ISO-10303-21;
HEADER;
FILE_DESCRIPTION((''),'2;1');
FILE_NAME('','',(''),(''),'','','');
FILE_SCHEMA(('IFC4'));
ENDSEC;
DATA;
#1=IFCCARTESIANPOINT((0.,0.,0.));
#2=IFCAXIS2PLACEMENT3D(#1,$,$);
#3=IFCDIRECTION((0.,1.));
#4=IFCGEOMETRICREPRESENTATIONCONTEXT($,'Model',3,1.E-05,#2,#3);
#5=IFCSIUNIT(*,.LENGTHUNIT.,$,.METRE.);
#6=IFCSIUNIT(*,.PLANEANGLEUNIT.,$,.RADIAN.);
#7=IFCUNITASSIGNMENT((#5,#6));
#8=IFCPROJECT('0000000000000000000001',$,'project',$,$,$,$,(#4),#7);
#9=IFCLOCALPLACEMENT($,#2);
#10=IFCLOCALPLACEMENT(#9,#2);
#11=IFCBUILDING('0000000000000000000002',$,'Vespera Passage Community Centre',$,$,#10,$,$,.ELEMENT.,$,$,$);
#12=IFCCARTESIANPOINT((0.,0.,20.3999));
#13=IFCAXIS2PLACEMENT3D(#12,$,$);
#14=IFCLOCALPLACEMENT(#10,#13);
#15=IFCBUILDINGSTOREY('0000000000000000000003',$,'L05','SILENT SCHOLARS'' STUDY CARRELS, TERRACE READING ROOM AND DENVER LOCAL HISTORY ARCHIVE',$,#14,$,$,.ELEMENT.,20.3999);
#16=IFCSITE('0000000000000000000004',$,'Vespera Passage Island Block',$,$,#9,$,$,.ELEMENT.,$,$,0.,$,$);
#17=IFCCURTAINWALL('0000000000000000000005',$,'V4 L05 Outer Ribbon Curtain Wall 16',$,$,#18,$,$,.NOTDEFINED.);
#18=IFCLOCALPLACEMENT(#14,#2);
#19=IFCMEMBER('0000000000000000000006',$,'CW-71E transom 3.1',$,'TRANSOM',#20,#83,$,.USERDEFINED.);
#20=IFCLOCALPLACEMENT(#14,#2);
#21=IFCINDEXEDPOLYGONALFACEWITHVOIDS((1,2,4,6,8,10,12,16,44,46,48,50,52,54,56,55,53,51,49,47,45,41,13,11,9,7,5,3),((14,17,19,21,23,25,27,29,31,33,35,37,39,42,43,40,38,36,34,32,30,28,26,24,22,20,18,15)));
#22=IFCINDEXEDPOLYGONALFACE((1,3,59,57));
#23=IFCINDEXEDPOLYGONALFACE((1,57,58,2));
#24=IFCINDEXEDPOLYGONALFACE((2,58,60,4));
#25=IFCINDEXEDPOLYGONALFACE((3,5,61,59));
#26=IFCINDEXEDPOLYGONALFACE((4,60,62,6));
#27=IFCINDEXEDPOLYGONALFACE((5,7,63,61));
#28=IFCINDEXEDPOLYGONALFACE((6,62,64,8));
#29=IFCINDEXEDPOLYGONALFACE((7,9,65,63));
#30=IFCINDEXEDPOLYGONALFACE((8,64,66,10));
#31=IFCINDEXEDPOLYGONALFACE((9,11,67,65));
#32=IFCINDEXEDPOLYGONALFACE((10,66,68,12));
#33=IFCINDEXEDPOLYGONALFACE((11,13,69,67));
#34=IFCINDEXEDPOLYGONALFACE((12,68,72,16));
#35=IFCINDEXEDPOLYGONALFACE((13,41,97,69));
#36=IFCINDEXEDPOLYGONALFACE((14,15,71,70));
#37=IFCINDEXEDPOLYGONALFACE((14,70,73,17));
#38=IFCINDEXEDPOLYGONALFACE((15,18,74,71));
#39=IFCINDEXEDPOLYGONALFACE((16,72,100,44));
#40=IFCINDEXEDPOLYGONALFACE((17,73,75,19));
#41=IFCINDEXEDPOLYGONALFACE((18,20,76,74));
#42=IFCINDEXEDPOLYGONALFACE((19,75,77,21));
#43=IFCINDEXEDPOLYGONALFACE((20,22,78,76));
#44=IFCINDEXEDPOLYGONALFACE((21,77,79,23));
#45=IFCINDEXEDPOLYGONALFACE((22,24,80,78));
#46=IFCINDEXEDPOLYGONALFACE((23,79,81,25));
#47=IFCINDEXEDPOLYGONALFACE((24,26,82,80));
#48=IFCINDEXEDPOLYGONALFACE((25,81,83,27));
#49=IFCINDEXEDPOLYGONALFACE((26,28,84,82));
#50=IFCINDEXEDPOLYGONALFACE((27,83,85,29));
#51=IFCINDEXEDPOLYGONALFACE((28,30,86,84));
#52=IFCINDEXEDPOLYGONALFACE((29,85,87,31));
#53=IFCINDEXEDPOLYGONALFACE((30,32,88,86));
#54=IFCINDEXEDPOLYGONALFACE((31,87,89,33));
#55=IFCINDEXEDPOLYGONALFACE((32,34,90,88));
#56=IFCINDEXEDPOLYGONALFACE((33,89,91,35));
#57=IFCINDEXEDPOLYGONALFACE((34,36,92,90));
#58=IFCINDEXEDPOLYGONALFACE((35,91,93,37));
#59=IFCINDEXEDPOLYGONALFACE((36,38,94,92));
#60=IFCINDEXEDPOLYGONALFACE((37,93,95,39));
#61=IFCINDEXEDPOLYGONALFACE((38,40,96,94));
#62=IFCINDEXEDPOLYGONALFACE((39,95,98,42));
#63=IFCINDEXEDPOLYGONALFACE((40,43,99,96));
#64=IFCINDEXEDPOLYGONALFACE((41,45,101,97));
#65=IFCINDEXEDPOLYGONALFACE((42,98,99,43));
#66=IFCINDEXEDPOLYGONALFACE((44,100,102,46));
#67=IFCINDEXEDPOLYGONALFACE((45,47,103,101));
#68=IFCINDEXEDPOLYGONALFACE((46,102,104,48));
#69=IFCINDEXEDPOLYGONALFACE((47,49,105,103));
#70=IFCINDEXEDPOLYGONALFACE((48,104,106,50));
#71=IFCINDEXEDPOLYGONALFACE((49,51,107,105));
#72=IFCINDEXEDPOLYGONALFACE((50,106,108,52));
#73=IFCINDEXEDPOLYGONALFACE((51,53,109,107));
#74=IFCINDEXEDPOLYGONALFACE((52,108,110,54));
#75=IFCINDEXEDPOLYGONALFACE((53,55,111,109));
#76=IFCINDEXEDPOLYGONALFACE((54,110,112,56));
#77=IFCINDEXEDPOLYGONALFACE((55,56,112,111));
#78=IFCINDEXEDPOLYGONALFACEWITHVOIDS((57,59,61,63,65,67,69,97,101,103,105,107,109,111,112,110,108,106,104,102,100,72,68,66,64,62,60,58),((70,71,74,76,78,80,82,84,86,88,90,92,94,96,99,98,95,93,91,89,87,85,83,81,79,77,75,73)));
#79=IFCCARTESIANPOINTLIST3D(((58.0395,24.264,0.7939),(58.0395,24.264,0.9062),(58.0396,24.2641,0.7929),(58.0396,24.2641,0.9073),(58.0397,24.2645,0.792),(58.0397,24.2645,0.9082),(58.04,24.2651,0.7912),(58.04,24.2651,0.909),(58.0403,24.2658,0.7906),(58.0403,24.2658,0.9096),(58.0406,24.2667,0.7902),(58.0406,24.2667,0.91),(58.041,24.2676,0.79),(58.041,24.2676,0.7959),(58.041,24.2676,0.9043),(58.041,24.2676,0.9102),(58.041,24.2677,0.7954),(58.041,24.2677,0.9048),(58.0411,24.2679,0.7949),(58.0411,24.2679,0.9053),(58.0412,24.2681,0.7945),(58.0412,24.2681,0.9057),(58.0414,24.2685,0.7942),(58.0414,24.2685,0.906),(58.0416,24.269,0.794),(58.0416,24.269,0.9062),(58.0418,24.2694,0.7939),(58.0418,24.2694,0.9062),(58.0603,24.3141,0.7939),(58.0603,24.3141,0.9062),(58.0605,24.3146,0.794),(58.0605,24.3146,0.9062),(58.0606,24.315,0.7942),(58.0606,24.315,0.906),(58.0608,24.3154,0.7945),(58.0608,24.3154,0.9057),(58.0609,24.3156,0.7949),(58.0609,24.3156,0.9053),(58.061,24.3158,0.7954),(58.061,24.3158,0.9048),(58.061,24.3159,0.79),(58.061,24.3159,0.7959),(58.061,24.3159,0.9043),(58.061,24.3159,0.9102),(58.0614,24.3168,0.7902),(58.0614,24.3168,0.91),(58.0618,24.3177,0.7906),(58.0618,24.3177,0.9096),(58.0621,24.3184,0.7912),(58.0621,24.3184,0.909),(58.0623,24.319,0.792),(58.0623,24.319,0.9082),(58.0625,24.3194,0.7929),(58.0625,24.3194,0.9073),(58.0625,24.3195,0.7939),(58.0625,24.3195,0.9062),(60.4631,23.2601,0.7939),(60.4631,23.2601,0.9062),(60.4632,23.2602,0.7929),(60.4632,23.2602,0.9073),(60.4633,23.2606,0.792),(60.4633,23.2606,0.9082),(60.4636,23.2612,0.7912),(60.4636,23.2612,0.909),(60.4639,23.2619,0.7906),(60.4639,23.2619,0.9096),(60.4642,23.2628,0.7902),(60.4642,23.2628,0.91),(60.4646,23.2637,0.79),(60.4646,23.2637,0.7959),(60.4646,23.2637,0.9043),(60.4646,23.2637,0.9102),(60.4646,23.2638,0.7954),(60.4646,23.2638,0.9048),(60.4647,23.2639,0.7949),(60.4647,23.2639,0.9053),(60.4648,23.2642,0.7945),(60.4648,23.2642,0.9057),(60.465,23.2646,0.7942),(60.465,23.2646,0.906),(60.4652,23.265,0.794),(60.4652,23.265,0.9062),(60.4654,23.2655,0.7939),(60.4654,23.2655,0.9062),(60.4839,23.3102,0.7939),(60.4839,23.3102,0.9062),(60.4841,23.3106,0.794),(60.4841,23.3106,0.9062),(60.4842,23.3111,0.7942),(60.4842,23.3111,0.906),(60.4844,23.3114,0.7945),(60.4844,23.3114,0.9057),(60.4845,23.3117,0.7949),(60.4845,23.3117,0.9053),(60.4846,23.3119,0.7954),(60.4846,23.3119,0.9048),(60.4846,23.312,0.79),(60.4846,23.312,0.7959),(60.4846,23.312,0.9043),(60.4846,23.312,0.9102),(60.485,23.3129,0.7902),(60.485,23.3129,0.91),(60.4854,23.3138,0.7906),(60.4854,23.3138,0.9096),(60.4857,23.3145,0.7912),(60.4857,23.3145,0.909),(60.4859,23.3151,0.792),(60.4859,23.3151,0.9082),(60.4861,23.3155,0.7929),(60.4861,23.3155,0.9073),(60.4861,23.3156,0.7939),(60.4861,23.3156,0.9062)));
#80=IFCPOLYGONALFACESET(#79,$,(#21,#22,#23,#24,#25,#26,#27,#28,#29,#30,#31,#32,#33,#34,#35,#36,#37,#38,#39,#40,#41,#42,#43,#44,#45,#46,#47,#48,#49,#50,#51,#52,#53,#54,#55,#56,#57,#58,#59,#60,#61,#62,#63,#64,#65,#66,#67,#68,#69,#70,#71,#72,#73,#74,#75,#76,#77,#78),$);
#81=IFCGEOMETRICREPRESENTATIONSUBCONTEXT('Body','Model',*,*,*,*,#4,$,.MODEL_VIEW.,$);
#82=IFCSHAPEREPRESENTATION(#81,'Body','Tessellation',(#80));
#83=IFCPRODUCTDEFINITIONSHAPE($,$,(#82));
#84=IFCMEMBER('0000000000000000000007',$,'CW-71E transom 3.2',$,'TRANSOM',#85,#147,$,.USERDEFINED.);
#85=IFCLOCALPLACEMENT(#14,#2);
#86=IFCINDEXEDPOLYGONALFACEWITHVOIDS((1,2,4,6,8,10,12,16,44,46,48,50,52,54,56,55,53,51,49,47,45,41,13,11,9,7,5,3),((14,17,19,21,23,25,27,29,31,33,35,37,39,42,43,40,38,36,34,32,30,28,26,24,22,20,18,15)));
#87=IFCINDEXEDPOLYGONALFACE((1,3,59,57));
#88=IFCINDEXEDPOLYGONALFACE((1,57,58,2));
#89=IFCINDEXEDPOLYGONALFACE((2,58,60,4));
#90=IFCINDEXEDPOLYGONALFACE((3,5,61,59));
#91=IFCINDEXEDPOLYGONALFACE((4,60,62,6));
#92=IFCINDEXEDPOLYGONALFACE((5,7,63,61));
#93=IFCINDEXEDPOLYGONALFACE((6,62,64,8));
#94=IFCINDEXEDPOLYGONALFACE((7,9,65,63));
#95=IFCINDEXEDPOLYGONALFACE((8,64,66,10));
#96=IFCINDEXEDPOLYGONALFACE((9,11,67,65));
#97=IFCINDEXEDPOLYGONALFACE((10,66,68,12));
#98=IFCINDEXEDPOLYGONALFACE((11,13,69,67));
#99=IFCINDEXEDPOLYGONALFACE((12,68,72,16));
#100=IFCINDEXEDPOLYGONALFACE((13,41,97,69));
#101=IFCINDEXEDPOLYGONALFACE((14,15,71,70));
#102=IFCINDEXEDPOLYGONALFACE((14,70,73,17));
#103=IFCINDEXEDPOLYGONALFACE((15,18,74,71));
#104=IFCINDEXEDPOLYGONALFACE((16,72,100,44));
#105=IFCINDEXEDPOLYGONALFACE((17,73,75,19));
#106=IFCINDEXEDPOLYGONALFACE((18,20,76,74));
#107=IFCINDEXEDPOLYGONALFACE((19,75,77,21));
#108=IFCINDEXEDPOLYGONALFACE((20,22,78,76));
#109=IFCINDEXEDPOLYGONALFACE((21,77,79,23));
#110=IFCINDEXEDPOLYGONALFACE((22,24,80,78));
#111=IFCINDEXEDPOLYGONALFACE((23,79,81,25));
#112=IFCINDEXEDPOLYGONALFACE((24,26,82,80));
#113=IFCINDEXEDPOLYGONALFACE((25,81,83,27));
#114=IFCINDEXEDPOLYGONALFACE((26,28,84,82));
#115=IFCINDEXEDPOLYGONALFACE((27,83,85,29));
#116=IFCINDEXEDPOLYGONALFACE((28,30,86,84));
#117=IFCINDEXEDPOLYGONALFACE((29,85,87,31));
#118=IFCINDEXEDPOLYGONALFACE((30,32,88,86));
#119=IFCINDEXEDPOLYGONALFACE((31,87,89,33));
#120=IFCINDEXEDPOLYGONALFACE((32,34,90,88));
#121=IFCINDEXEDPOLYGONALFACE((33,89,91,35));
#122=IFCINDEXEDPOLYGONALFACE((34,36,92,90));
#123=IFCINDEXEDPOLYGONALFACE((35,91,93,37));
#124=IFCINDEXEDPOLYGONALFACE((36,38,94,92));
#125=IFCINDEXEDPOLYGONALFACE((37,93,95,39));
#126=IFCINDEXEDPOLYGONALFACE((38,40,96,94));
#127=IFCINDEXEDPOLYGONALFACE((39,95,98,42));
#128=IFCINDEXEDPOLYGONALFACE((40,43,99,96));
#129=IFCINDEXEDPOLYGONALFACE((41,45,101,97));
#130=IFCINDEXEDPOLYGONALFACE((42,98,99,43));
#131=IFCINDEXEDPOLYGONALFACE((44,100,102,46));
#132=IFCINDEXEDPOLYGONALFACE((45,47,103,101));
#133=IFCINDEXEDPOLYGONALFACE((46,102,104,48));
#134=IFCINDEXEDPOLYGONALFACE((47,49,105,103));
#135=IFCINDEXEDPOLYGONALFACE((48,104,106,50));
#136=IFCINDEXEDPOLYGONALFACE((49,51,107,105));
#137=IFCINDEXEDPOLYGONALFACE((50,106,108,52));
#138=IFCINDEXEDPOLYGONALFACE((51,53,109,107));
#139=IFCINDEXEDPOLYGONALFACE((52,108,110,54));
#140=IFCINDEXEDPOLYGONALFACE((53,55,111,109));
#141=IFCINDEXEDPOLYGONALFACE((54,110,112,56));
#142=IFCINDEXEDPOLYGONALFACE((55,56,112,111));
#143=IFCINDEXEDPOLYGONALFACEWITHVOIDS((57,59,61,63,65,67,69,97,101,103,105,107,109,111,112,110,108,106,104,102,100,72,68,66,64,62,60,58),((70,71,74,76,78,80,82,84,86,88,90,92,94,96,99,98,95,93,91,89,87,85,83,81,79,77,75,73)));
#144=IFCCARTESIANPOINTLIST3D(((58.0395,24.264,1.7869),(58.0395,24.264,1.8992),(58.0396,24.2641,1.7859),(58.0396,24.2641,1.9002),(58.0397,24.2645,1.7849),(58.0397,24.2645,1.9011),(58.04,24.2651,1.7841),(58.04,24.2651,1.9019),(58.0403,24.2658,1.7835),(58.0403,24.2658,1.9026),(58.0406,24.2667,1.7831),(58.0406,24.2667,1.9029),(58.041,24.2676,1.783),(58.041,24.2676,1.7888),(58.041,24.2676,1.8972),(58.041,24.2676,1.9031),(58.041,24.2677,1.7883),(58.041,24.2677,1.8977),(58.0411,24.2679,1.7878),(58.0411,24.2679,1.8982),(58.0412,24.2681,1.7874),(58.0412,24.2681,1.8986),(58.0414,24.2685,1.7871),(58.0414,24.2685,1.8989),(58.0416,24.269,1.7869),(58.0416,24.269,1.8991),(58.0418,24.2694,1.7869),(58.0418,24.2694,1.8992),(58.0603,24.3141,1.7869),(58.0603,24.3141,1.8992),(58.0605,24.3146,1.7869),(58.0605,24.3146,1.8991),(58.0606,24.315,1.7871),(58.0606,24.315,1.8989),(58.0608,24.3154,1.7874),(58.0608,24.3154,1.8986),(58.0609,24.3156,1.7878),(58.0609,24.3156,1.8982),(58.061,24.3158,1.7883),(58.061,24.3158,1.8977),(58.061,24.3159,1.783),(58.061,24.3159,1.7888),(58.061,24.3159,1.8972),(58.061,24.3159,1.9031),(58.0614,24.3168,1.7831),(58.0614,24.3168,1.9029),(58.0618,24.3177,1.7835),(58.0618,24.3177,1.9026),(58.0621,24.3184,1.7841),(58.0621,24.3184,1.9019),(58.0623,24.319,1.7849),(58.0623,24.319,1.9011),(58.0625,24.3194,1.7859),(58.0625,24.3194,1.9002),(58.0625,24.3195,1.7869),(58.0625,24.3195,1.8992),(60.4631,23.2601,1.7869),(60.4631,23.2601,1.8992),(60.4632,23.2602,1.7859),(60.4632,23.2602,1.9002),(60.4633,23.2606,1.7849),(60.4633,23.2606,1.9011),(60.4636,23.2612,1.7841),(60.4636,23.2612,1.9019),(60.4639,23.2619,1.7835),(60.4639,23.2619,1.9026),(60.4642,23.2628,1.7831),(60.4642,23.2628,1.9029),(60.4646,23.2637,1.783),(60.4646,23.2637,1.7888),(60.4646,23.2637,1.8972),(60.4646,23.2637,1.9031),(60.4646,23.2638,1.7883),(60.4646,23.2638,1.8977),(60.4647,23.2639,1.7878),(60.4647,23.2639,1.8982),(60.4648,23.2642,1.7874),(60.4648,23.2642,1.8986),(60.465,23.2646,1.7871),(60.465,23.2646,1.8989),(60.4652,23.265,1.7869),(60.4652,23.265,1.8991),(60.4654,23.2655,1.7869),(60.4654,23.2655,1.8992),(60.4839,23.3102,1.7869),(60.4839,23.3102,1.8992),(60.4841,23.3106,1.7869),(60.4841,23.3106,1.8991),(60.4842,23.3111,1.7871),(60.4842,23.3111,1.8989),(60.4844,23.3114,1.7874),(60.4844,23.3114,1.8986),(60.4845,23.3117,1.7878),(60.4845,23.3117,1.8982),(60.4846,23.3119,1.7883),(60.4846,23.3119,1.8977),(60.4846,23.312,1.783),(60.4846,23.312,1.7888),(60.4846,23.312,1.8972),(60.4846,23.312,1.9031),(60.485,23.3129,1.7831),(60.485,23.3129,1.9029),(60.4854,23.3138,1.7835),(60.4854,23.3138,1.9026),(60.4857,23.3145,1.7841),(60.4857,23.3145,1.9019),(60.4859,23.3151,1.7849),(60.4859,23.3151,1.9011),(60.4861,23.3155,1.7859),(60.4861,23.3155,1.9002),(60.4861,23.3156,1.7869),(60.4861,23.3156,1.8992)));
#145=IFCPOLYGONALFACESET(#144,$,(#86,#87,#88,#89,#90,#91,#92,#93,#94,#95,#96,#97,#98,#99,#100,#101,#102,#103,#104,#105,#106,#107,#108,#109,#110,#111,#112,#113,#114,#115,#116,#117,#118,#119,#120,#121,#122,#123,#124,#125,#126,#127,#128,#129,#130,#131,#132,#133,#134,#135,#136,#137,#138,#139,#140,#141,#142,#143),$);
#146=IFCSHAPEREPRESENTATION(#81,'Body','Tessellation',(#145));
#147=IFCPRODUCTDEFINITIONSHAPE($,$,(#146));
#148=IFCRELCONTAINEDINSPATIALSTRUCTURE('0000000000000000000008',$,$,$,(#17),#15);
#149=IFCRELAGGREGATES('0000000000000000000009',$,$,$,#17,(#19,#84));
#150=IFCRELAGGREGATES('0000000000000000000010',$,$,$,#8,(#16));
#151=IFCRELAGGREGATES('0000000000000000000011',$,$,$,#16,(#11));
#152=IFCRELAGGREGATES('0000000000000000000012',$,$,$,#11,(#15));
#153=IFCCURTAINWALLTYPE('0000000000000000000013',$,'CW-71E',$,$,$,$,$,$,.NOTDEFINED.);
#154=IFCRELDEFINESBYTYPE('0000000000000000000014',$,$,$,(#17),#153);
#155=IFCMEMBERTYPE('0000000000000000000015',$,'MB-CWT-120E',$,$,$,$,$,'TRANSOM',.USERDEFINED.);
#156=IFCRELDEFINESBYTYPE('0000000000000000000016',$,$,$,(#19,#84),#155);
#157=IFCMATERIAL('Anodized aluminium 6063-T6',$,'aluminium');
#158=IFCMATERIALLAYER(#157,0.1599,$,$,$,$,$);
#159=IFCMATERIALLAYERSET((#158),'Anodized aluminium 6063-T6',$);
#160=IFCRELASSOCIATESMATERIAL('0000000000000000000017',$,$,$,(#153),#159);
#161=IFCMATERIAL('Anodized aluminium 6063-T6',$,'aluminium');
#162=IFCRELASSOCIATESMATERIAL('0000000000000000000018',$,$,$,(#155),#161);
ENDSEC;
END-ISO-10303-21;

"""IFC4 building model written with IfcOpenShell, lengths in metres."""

from ifc_helpers import new_model, si_unit, direction, frame, origin, origin_2d, place, context, subcontext, project, spatial, hollow_rectangle, extrude, material, layer, layer_set, material_profile, profile_set, type_object, element, aggregate, save


model = new_model("IFC4")

# Units and contexts
model_context = context("Model", 3, precision=1e-05, world=origin(), true_north=direction((0.0, 1.0)))
body_context = subcontext(model_context, "Body", "Model", "MODEL_VIEW")
ifc_project = project(units=[si_unit("LENGTHUNIT", "METRE"), si_unit("PLANEANGLEUNIT", "RADIAN")], contexts=[model_context])

# Site, building, storey
site_placement = place(None, origin())
site = spatial("IfcSite", under=ifc_project, at=site_placement, Name="Vespera Passage Island Block", CompositionType="ELEMENT", RefElevation=0.0)
building_placement = place(site_placement, origin())
building = spatial("IfcBuilding", under=site, at=building_placement, Name="Vespera Passage Community Centre", CompositionType="ELEMENT")
storey_placement = place(building_placement, frame((0.0, 0.0, 20.3999)))
storey = spatial("IfcBuildingStorey", under=building, at=storey_placement, Name="L05", Description="SILENT SCHOLARS' STUDY CARRELS, TERRACE READING ROOM AND DENVER LOCAL HISTORY ARCHIVE", CompositionType="ELEMENT", Elevation=20.3999)

# Curtain wall
ifc_material_1 = material(Name="Anodized aluminium 6063-T6", Category="aluminium")
ifc_layer_1 = layer(ifc_material_1, 0.1599)
ifc_layer_set_1 = layer_set([ifc_layer_1], Name="Anodized aluminium 6063-T6")
curtain_wall_type_1 = type_object("IfcCurtainWallType", Name="CW-71E", PredefinedType="NOTDEFINED", material=ifc_layer_set_1)
curtain_wall_1_placement = place(storey_placement, origin())
curtain_wall_1 = element("IfcCurtainWall", 1, at=curtain_wall_1_placement, inside=storey, type_object=curtain_wall_type_1, Name="V4 L05 Outer Ribbon Curtain Wall 16", PredefinedType="NOTDEFINED")

# Members
ifc_material_2 = material(Name="Anodized aluminium 6063-T6", Category="aluminium")
ifc_material_profile_1 = material_profile(ifc_material_2, hollow_rectangle(XDim=0.0601, YDim=0.1201, WallThickness=0.0039, InnerFilletRadius=0.002, OuterFilletRadius=0.0039, at=origin_2d()), Name="ALU120X60X4")
ifc_profile_set_1 = profile_set([ifc_material_profile_1], Name="Anodized aluminium 6063-T6")
member_type_1 = type_object("IfcMemberType", Name="MB-CWT-120E", ElementType="TRANSOM", PredefinedType="USERDEFINED", material=ifc_profile_set_1)
member_1_placement = place(storey_placement, frame((60.4746, 23.2878, 0.8501), z_axis=(-0.923876, 0.382692, 0.0), x_axis=(-0.382692, -0.923876, 0.0)))
member_1 = element("IfcMember", 2, at=member_1_placement, type_object=member_type_1, Name="CW-71E transom 3.1", ObjectType="TRANSOM", PredefinedType="USERDEFINED", context=body_context, shape_type="SweptSolid", body=[
    extrude(hollow_rectangle(XDim=0.0601, YDim=0.1201, WallThickness=0.0039, InnerFilletRadius=0.002, OuterFilletRadius=0.0039, at=origin_2d()), origin(), (0.0, 0.0, 1.0), 2.6233),
])
member_2_placement = place(storey_placement, frame((60.4746, 23.2878, 1.843), z_axis=(-0.923876, 0.382692, 0.0), x_axis=(-0.382692, -0.923876, 0.0)))
member_2 = element("IfcMember", 3, at=member_2_placement, type_object=member_type_1, Name="CW-71E transom 3.2", ObjectType="TRANSOM", PredefinedType="USERDEFINED", context=body_context, shape_type="SweptSolid", body=[
    extrude(hollow_rectangle(XDim=0.0601, YDim=0.1201, WallThickness=0.0039, InnerFilletRadius=0.002, OuterFilletRadius=0.0039, at=origin_2d()), origin(), (0.0, 0.0, 1.0), 2.6233),
])

aggregate(curtain_wall_1, [member_1, member_2])

save(model, "model.ifc")
